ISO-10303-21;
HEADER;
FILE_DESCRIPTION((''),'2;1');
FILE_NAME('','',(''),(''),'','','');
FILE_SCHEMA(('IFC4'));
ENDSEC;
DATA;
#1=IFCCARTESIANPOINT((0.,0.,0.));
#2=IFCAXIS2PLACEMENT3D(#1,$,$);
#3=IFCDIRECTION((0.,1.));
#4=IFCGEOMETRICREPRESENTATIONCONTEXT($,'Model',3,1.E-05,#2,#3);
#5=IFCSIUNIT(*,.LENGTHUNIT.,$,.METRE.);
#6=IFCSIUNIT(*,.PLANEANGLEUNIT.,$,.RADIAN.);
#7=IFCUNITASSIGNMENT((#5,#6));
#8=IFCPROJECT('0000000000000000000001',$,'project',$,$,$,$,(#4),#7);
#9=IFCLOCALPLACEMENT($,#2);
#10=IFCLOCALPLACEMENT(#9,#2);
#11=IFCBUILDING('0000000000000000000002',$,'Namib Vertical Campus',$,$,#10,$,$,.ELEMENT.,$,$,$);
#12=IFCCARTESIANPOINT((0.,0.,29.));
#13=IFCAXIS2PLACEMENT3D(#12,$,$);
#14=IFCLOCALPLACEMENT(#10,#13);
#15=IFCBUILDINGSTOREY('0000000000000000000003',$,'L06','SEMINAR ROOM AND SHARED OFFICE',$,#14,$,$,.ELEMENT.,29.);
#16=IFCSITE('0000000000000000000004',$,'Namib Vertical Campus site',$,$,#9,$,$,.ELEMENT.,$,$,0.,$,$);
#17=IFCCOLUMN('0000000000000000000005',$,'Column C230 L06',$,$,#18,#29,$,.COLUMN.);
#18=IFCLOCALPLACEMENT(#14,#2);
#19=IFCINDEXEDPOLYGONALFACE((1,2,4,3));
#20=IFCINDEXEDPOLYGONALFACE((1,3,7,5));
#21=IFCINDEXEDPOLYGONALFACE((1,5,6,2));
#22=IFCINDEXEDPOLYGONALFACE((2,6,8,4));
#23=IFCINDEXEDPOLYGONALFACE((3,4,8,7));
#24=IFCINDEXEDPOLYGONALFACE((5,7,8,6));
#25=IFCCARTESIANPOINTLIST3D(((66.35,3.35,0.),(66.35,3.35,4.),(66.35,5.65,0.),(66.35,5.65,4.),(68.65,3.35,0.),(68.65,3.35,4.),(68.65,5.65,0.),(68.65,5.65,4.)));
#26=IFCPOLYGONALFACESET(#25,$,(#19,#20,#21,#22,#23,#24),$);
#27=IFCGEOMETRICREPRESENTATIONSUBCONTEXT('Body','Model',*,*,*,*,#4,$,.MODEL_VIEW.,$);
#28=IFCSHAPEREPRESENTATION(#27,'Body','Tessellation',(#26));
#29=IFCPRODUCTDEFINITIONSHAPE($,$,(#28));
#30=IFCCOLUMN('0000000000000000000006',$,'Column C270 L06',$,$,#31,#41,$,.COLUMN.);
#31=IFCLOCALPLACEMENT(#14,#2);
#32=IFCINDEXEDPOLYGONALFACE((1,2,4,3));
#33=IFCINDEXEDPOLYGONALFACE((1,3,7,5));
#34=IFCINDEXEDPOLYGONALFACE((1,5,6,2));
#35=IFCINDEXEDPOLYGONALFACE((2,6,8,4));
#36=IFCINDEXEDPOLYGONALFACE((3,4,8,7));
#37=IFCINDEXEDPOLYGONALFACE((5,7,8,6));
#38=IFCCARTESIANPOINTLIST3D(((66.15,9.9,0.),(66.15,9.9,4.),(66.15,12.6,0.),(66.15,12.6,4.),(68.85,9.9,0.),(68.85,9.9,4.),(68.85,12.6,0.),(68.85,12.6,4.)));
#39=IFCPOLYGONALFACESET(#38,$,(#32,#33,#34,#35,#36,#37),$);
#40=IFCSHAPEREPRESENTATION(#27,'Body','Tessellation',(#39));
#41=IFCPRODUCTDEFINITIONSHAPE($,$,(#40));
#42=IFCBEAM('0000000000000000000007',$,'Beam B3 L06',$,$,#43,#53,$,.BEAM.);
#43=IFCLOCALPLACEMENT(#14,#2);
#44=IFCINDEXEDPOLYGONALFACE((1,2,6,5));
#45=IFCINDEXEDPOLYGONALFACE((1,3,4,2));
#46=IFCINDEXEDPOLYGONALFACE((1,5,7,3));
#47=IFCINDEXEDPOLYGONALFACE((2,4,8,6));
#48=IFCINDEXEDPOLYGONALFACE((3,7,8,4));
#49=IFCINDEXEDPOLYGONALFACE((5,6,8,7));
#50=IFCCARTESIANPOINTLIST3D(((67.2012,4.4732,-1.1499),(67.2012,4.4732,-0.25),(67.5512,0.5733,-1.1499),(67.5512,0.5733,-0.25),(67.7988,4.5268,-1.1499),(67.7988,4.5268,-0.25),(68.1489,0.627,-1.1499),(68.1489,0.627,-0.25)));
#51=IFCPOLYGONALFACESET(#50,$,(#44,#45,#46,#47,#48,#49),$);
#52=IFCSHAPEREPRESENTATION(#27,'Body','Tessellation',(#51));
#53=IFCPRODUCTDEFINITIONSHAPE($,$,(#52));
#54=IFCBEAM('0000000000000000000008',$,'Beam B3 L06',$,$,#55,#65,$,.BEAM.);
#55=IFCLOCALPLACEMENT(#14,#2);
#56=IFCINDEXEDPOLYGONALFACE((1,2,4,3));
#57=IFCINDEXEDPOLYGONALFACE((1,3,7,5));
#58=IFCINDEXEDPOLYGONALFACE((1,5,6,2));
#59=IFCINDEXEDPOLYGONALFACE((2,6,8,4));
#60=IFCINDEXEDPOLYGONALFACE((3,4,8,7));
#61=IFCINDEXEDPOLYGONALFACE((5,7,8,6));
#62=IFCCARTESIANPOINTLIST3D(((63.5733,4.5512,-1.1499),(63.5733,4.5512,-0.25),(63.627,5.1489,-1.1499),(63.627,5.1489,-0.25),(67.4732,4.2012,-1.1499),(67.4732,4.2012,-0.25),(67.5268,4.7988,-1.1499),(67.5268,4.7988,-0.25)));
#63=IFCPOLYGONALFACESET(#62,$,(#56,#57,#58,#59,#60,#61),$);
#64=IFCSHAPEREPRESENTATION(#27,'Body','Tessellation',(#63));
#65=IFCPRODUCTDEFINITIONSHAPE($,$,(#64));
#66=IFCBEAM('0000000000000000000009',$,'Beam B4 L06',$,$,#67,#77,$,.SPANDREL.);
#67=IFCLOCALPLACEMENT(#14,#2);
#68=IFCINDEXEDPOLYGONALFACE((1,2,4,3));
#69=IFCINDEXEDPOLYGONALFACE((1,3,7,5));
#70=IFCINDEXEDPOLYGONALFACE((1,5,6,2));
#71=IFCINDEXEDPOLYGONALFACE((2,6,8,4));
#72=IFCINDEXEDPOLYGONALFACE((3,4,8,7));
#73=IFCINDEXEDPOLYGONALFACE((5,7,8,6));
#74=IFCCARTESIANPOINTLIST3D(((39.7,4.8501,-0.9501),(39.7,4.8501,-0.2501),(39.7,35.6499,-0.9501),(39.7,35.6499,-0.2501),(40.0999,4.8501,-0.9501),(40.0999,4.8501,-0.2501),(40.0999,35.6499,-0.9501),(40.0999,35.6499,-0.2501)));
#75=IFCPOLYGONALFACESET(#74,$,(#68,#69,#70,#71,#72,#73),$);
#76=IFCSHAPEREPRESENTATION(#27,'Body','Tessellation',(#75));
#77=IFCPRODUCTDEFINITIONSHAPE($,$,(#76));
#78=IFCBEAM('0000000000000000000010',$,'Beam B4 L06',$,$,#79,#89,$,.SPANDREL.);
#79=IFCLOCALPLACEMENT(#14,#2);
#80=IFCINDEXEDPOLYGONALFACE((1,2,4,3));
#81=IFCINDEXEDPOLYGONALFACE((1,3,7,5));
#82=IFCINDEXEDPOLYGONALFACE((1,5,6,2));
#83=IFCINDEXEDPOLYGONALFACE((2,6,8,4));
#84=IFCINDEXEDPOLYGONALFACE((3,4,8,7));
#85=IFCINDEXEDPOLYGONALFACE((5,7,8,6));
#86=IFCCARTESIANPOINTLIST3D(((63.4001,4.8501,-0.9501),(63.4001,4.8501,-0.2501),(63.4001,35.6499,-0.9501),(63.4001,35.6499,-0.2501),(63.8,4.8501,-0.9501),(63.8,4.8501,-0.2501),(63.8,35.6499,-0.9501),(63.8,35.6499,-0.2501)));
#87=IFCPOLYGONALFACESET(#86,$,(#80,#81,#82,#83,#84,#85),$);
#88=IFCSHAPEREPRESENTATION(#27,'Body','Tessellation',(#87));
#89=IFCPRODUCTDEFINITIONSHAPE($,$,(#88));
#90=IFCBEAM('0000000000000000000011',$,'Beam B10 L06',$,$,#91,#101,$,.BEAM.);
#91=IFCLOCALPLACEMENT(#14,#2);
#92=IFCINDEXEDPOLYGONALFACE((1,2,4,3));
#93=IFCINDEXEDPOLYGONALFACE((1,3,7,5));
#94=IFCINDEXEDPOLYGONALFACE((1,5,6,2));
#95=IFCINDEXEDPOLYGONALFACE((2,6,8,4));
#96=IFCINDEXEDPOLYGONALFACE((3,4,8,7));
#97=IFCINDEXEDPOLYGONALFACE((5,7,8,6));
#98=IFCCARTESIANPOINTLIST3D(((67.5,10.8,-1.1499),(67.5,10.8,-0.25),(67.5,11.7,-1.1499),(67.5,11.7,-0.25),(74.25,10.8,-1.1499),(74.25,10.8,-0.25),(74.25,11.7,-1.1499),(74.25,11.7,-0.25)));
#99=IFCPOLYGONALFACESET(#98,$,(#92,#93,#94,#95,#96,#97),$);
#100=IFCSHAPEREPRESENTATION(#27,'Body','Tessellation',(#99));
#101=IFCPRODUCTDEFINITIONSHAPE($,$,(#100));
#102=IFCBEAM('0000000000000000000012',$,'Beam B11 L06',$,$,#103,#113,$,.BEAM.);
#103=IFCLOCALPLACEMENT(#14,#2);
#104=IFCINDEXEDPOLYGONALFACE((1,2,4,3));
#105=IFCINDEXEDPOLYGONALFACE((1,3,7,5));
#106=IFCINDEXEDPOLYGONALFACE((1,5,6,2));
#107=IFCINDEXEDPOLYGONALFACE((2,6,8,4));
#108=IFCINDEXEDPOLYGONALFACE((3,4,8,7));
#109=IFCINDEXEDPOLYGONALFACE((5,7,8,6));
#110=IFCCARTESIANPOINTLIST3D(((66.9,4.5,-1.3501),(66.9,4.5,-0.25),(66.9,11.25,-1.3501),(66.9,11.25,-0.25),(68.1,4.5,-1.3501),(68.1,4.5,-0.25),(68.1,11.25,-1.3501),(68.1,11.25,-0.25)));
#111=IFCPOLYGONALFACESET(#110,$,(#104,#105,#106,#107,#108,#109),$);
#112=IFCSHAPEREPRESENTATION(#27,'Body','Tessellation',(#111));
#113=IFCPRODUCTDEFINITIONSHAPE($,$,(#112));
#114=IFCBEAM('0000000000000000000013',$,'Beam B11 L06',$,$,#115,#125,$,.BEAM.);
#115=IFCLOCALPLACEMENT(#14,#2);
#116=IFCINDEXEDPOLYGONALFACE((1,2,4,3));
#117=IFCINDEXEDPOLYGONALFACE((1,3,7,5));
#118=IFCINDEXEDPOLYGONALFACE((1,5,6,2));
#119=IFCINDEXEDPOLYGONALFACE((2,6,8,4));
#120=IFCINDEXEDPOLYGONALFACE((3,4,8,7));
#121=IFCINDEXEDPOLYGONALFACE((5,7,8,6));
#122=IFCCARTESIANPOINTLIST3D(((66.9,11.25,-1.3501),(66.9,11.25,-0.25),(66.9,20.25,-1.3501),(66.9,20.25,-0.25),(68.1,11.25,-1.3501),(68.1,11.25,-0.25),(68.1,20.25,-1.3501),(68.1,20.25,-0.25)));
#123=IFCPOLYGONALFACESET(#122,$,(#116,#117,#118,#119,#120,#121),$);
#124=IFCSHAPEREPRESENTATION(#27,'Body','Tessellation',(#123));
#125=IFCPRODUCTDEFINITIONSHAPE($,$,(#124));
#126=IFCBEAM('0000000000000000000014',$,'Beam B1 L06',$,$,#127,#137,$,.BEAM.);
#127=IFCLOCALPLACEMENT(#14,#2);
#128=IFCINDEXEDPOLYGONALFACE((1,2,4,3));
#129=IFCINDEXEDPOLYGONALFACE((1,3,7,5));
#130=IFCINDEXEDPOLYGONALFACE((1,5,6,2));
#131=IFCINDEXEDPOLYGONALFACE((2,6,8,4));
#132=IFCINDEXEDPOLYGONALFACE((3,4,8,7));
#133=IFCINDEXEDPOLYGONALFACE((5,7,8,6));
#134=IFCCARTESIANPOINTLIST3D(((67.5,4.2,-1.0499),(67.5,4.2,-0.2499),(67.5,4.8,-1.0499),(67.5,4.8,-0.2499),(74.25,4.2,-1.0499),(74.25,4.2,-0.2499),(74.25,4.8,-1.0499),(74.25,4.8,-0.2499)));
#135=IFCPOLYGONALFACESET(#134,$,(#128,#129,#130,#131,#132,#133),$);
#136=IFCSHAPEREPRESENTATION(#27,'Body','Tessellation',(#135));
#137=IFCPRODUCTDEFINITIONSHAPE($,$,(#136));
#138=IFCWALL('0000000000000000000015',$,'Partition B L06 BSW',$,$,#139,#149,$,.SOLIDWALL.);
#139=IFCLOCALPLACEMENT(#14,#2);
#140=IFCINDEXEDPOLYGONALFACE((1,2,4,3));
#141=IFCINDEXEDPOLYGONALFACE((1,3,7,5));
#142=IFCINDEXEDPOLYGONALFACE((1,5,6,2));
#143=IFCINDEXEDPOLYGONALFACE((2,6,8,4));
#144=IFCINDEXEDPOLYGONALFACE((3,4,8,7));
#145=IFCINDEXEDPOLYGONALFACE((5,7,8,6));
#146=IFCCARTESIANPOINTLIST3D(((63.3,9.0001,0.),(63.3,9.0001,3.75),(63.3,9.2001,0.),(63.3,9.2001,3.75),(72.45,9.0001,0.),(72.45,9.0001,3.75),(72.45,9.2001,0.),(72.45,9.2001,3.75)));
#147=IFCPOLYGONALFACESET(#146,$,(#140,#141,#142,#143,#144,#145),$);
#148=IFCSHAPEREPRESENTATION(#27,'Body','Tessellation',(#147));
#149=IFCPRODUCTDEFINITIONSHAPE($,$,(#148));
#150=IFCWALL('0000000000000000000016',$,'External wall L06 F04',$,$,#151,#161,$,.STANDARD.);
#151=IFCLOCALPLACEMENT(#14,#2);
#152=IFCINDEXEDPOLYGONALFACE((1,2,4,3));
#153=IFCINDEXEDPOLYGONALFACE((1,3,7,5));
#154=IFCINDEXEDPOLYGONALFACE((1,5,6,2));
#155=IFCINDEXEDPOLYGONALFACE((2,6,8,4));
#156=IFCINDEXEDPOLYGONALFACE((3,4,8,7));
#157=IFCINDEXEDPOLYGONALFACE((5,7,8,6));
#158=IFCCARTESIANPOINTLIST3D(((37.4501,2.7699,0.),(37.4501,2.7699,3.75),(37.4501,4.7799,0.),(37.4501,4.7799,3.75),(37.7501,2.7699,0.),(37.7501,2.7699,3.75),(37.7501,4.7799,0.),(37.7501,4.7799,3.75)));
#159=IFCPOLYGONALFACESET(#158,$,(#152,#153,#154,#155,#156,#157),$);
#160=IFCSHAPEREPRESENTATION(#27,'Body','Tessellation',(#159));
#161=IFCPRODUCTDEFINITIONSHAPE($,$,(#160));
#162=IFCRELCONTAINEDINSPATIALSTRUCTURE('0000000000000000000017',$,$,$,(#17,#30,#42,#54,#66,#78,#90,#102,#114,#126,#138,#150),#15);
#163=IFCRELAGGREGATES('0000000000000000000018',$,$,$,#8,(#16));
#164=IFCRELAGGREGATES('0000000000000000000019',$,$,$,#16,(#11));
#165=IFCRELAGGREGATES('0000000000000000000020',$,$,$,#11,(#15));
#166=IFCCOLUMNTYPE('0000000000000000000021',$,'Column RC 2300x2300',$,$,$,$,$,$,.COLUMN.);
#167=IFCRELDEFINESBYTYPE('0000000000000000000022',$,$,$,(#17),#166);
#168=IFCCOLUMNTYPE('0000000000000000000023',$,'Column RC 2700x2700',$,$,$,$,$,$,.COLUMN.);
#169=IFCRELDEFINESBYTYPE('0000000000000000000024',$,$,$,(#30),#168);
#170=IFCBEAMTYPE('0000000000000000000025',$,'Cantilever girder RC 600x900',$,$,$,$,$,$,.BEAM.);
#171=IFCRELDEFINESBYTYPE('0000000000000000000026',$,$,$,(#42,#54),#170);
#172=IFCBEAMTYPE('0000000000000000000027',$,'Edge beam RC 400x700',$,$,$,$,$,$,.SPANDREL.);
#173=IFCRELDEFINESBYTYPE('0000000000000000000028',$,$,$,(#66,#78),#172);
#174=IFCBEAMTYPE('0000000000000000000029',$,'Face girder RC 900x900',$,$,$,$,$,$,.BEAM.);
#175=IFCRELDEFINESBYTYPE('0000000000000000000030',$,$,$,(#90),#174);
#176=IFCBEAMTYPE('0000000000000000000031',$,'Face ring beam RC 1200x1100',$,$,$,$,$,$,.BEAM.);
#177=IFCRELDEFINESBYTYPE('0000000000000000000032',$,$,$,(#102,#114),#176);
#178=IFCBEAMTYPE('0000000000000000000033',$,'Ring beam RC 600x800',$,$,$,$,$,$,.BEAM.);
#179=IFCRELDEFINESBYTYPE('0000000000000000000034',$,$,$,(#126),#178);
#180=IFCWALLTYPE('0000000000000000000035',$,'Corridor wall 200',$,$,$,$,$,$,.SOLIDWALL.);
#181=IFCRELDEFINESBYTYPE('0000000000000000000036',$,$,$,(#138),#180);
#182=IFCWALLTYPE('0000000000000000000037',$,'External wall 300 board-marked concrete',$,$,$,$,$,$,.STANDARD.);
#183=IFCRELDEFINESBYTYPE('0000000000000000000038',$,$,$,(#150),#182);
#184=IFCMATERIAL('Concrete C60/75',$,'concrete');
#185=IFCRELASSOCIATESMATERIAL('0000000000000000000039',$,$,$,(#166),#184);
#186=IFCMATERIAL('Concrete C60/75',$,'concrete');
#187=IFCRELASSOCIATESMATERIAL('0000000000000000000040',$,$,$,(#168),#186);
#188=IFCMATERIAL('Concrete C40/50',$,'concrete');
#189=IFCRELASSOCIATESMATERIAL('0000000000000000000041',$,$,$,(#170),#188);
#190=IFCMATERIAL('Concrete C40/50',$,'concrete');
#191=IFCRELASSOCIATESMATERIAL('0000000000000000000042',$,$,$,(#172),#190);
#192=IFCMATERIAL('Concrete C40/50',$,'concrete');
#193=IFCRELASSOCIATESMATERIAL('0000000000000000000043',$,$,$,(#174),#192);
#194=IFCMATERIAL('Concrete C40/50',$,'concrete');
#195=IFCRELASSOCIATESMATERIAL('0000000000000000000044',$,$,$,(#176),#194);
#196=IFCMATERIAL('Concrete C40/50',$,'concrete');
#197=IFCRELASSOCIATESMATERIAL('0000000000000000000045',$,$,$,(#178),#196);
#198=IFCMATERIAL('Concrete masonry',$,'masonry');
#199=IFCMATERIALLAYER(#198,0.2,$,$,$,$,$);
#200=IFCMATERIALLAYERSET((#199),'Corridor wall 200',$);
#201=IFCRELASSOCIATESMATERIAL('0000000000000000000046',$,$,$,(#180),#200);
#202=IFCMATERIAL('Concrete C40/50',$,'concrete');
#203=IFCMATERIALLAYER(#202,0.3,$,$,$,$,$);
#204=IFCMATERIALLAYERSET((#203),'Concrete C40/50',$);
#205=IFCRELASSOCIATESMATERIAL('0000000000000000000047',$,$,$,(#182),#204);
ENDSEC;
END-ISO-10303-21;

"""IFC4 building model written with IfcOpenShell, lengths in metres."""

from ifc_helpers import new_model, si_unit, direction, frame, frame_2d, origin, origin_2d, place, context, subcontext, project, spatial, rectangle, extrude, material, layer, layer_set, material_profile, profile_set, type_object, element, save


model = new_model("IFC4")

# Units and contexts
model_context = context("Model", 3, precision=1e-05, world=origin(), true_north=direction((0.0, 1.0)))
body_context = subcontext(model_context, "Body", "Model", "MODEL_VIEW")
ifc_project = project(units=[si_unit("LENGTHUNIT", "METRE"), si_unit("PLANEANGLEUNIT", "RADIAN")], contexts=[model_context])

# Site, building, storey
site_placement = place(None, origin())
site = spatial("IfcSite", under=ifc_project, at=site_placement, Name="Namib Vertical Campus site", CompositionType="ELEMENT", RefElevation=0.0)
building_placement = place(site_placement, origin())
building = spatial("IfcBuilding", under=site, at=building_placement, Name="Namib Vertical Campus", CompositionType="ELEMENT")
storey_placement = place(building_placement, frame((0.0, 0.0, 29.0)))
storey = spatial("IfcBuildingStorey", under=building, at=storey_placement, Name="L06", Description="SEMINAR ROOM AND SHARED OFFICE", CompositionType="ELEMENT", Elevation=29.0)

# Columns
ifc_material_1 = material(Name="Concrete C60/75", Category="concrete")
ifc_material_profile_1 = material_profile(ifc_material_1, rectangle(XDim=2.3, YDim=2.3, at=origin_2d()))
ifc_profile_set_1 = profile_set([ifc_material_profile_1], Name="Concrete C60/75")
column_type_1 = type_object("IfcColumnType", Name="Column RC 2300x2300", PredefinedType="COLUMN", material=ifc_profile_set_1)
column_1_placement = place(storey_placement, frame((67.5, 4.5, 0.0), z_axis=(0.0, 0.0, 1.0), x_axis=(1.0, 0.0, 0.0)))
element("IfcColumn", 1, at=column_1_placement, inside=storey, type_object=column_type_1, Name="Column C230 L06", PredefinedType="COLUMN", context=body_context, shape_type="SweptSolid", body=[
    extrude(rectangle(XDim=2.3, YDim=2.3, at=origin_2d()), origin(), (0.0, 0.0, 1.0), 4.0),
])
ifc_material_2 = material(Name="Concrete C60/75", Category="concrete")
ifc_material_profile_2 = material_profile(ifc_material_2, rectangle(XDim=2.7, YDim=2.7, at=origin_2d()))
ifc_profile_set_2 = profile_set([ifc_material_profile_2], Name="Concrete C60/75")
column_type_2 = type_object("IfcColumnType", Name="Column RC 2700x2700", PredefinedType="COLUMN", material=ifc_profile_set_2)
column_2_placement = place(storey_placement, frame((67.5, 11.25, 0.0), z_axis=(0.0, 0.0, 1.0), x_axis=(1.0, 0.0, 0.0)))
element("IfcColumn", 2, at=column_2_placement, inside=storey, type_object=column_type_2, Name="Column C270 L06", PredefinedType="COLUMN", context=body_context, shape_type="SweptSolid", body=[
    extrude(rectangle(XDim=2.7, YDim=2.7, at=origin_2d()), origin(), (0.0, 0.0, 1.0), 4.0),
])

# Beams
ifc_material_3 = material(Name="Concrete C40/50", Category="concrete")
ifc_material_profile_3 = material_profile(ifc_material_3, rectangle(XDim=0.6001, YDim=0.8999, at=origin_2d()))
ifc_profile_set_3 = profile_set([ifc_material_profile_3], Name="Concrete C40/50")
beam_type_1 = type_object("IfcBeamType", Name="Cantilever girder RC 600x900", PredefinedType="BEAM", material=ifc_profile_set_3)
for number, where, z_axis, x_axis, name in (
    (3, (67.5, 4.5, -0.7), (0.089411, -0.995995, 0.0), (0.995995, 0.089411, 0.0), "Beam B3 L06"),
    (4, (67.5, 4.5, -0.7), (-0.995995, 0.089411, 0.0), (-0.089411, -0.995995, 0.0), "Beam B3 L06"),
):
    element("IfcBeam", number, at=place(storey_placement, frame(where, z_axis=z_axis, x_axis=x_axis)), inside=storey, type_object=beam_type_1, Name=name, PredefinedType="BEAM", context=body_context, shape_type="SweptSolid", body=[
        extrude(rectangle(XDim=0.6001, YDim=0.8999, at=origin_2d()), origin(), (0.0, 0.0, 1.0), 3.9155),
    ])
ifc_material_4 = material(Name="Concrete C40/50", Category="concrete")
ifc_material_profile_4 = material_profile(ifc_material_4, rectangle(XDim=0.3999, YDim=0.7, at=origin_2d()))
ifc_profile_set_4 = profile_set([ifc_material_profile_4], Name="Concrete C40/50")
beam_type_2 = type_object("IfcBeamType", Name="Edge beam RC 400x700", PredefinedType="SPANDREL", material=ifc_profile_set_4)
for number, where, z_axis, x_axis, name in (
    (5, (39.8999, 4.8501, -0.6001), (0.0, 1.0, 0.0), (-1.0, 0.0, 0.0), "Beam B4 L06"),
    (6, (63.6001, 4.8501, -0.6001), (0.0, 1.0, 0.0), (-1.0, 0.0, 0.0), "Beam B4 L06"),
):
    element("IfcBeam", number, at=place(storey_placement, frame(where, z_axis=z_axis, x_axis=x_axis)), inside=storey, type_object=beam_type_2, Name=name, PredefinedType="SPANDREL", context=body_context, shape_type="SweptSolid", body=[
        extrude(rectangle(XDim=0.3999, YDim=0.7, at=origin_2d()), origin(), (0.0, 0.0, 1.0), 30.7998),
    ])
ifc_material_5 = material(Name="Concrete C40/50", Category="concrete")
ifc_material_profile_5 = material_profile(ifc_material_5, rectangle(XDim=0.8999, YDim=0.8999, at=origin_2d()))
ifc_profile_set_5 = profile_set([ifc_material_profile_5], Name="Concrete C40/50")
beam_type_3 = type_object("IfcBeamType", Name="Face girder RC 900x900", PredefinedType="BEAM", material=ifc_profile_set_5)
beam_1_placement = place(storey_placement, frame((67.5, 11.25, -0.7), z_axis=(1.0, 0.0, 0.0), x_axis=(0.0, 1.0, 0.0)))
element("IfcBeam", 7, at=beam_1_placement, inside=storey, type_object=beam_type_3, Name="Beam B10 L06", PredefinedType="BEAM", context=body_context, shape_type="SweptSolid", body=[
    extrude(rectangle(XDim=0.8999, YDim=0.8999, at=origin_2d()), origin(), (0.0, 0.0, 1.0), 6.75),
])
ifc_material_6 = material(Name="Concrete C40/50", Category="concrete")
ifc_material_profile_6 = material_profile(ifc_material_6, rectangle(XDim=1.2, YDim=1.1001, at=origin_2d()))
ifc_profile_set_6 = profile_set([ifc_material_profile_6], Name="Concrete C40/50")
beam_type_4 = type_object("IfcBeamType", Name="Face ring beam RC 1200x1100", PredefinedType="BEAM", material=ifc_profile_set_6)
beam_2_placement = place(storey_placement, frame((67.5, 4.5, -0.8), z_axis=(0.0, 1.0, 0.0), x_axis=(-1.0, 0.0, 0.0)))
element("IfcBeam", 8, at=beam_2_placement, inside=storey, type_object=beam_type_4, Name="Beam B11 L06", PredefinedType="BEAM", context=body_context, shape_type="SweptSolid", body=[
    extrude(rectangle(XDim=1.2, YDim=1.1001, at=origin_2d()), origin(), (0.0, 0.0, 1.0), 6.75),
])
beam_3_placement = place(storey_placement, frame((67.5, 11.25, -0.8), z_axis=(0.0, 1.0, 0.0), x_axis=(-1.0, 0.0, 0.0)))
element("IfcBeam", 9, at=beam_3_placement, inside=storey, type_object=beam_type_4, Name="Beam B11 L06", PredefinedType="BEAM", context=body_context, shape_type="SweptSolid", body=[
    extrude(rectangle(XDim=1.2, YDim=1.1001, at=origin_2d()), origin(), (0.0, 0.0, 1.0), 9.0),
])
ifc_material_7 = material(Name="Concrete C40/50", Category="concrete")
ifc_material_profile_7 = material_profile(ifc_material_7, rectangle(XDim=0.6001, YDim=0.8, at=origin_2d()))
ifc_profile_set_7 = profile_set([ifc_material_profile_7], Name="Concrete C40/50")
beam_type_5 = type_object("IfcBeamType", Name="Ring beam RC 600x800", PredefinedType="BEAM", material=ifc_profile_set_7)
beam_4_placement = place(storey_placement, frame((67.5, 4.5, -0.6499), z_axis=(1.0, 0.0, 0.0), x_axis=(0.0, 1.0, 0.0)))
element("IfcBeam", 10, at=beam_4_placement, inside=storey, type_object=beam_type_5, Name="Beam B1 L06", PredefinedType="BEAM", context=body_context, shape_type="SweptSolid", body=[
    extrude(rectangle(XDim=0.6001, YDim=0.8, at=origin_2d()), origin(), (0.0, 0.0, 1.0), 6.75),
])

# Walls
ifc_material_8 = material(Name="Concrete masonry", Category="masonry")
ifc_layer_1 = layer(ifc_material_8, 0.2)
ifc_layer_set_1 = layer_set([ifc_layer_1], Name="Corridor wall 200")
wall_type_1 = type_object("IfcWallType", Name="Corridor wall 200", PredefinedType="SOLIDWALL", material=ifc_layer_set_1)
wall_1_placement = place(storey_placement, frame((63.3, 9.1001, 0.0), z_axis=(0.0, 0.0, 1.0), x_axis=(1.0, 0.0, 0.0)))
element("IfcWall", 11, at=wall_1_placement, inside=storey, type_object=wall_type_1, Name="Partition B L06 BSW", PredefinedType="SOLIDWALL", context=body_context, shape_type="SweptSolid", body=[
    extrude(rectangle(XDim=9.1499, YDim=0.2, at=frame_2d((4.575, 0.0))), origin(), (0.0, 0.0, 1.0), 3.75),
])
ifc_material_9 = material(Name="Concrete C40/50", Category="concrete")
ifc_layer_2 = layer(ifc_material_9, 0.3)
ifc_layer_set_2 = layer_set([ifc_layer_2], Name="Concrete C40/50")
wall_type_2 = type_object("IfcWallType", Name="External wall 300 board-marked concrete", PredefinedType="STANDARD", material=ifc_layer_set_2)
wall_2_placement = place(storey_placement, frame((37.6001, 2.77, 0.0), z_axis=(0.0, 0.0, 1.0), x_axis=(0.0, 1.0, 0.0)))
element("IfcWall", 12, at=wall_2_placement, inside=storey, type_object=wall_type_2, Name="External wall L06 F04", PredefinedType="STANDARD", context=body_context, shape_type="SweptSolid", body=[
    extrude(rectangle(XDim=2.01, YDim=0.3, at=frame_2d((1.0049, 0.0))), origin(), (0.0, 0.0, 1.0), 3.75),
])

save(model, "model.ifc")
